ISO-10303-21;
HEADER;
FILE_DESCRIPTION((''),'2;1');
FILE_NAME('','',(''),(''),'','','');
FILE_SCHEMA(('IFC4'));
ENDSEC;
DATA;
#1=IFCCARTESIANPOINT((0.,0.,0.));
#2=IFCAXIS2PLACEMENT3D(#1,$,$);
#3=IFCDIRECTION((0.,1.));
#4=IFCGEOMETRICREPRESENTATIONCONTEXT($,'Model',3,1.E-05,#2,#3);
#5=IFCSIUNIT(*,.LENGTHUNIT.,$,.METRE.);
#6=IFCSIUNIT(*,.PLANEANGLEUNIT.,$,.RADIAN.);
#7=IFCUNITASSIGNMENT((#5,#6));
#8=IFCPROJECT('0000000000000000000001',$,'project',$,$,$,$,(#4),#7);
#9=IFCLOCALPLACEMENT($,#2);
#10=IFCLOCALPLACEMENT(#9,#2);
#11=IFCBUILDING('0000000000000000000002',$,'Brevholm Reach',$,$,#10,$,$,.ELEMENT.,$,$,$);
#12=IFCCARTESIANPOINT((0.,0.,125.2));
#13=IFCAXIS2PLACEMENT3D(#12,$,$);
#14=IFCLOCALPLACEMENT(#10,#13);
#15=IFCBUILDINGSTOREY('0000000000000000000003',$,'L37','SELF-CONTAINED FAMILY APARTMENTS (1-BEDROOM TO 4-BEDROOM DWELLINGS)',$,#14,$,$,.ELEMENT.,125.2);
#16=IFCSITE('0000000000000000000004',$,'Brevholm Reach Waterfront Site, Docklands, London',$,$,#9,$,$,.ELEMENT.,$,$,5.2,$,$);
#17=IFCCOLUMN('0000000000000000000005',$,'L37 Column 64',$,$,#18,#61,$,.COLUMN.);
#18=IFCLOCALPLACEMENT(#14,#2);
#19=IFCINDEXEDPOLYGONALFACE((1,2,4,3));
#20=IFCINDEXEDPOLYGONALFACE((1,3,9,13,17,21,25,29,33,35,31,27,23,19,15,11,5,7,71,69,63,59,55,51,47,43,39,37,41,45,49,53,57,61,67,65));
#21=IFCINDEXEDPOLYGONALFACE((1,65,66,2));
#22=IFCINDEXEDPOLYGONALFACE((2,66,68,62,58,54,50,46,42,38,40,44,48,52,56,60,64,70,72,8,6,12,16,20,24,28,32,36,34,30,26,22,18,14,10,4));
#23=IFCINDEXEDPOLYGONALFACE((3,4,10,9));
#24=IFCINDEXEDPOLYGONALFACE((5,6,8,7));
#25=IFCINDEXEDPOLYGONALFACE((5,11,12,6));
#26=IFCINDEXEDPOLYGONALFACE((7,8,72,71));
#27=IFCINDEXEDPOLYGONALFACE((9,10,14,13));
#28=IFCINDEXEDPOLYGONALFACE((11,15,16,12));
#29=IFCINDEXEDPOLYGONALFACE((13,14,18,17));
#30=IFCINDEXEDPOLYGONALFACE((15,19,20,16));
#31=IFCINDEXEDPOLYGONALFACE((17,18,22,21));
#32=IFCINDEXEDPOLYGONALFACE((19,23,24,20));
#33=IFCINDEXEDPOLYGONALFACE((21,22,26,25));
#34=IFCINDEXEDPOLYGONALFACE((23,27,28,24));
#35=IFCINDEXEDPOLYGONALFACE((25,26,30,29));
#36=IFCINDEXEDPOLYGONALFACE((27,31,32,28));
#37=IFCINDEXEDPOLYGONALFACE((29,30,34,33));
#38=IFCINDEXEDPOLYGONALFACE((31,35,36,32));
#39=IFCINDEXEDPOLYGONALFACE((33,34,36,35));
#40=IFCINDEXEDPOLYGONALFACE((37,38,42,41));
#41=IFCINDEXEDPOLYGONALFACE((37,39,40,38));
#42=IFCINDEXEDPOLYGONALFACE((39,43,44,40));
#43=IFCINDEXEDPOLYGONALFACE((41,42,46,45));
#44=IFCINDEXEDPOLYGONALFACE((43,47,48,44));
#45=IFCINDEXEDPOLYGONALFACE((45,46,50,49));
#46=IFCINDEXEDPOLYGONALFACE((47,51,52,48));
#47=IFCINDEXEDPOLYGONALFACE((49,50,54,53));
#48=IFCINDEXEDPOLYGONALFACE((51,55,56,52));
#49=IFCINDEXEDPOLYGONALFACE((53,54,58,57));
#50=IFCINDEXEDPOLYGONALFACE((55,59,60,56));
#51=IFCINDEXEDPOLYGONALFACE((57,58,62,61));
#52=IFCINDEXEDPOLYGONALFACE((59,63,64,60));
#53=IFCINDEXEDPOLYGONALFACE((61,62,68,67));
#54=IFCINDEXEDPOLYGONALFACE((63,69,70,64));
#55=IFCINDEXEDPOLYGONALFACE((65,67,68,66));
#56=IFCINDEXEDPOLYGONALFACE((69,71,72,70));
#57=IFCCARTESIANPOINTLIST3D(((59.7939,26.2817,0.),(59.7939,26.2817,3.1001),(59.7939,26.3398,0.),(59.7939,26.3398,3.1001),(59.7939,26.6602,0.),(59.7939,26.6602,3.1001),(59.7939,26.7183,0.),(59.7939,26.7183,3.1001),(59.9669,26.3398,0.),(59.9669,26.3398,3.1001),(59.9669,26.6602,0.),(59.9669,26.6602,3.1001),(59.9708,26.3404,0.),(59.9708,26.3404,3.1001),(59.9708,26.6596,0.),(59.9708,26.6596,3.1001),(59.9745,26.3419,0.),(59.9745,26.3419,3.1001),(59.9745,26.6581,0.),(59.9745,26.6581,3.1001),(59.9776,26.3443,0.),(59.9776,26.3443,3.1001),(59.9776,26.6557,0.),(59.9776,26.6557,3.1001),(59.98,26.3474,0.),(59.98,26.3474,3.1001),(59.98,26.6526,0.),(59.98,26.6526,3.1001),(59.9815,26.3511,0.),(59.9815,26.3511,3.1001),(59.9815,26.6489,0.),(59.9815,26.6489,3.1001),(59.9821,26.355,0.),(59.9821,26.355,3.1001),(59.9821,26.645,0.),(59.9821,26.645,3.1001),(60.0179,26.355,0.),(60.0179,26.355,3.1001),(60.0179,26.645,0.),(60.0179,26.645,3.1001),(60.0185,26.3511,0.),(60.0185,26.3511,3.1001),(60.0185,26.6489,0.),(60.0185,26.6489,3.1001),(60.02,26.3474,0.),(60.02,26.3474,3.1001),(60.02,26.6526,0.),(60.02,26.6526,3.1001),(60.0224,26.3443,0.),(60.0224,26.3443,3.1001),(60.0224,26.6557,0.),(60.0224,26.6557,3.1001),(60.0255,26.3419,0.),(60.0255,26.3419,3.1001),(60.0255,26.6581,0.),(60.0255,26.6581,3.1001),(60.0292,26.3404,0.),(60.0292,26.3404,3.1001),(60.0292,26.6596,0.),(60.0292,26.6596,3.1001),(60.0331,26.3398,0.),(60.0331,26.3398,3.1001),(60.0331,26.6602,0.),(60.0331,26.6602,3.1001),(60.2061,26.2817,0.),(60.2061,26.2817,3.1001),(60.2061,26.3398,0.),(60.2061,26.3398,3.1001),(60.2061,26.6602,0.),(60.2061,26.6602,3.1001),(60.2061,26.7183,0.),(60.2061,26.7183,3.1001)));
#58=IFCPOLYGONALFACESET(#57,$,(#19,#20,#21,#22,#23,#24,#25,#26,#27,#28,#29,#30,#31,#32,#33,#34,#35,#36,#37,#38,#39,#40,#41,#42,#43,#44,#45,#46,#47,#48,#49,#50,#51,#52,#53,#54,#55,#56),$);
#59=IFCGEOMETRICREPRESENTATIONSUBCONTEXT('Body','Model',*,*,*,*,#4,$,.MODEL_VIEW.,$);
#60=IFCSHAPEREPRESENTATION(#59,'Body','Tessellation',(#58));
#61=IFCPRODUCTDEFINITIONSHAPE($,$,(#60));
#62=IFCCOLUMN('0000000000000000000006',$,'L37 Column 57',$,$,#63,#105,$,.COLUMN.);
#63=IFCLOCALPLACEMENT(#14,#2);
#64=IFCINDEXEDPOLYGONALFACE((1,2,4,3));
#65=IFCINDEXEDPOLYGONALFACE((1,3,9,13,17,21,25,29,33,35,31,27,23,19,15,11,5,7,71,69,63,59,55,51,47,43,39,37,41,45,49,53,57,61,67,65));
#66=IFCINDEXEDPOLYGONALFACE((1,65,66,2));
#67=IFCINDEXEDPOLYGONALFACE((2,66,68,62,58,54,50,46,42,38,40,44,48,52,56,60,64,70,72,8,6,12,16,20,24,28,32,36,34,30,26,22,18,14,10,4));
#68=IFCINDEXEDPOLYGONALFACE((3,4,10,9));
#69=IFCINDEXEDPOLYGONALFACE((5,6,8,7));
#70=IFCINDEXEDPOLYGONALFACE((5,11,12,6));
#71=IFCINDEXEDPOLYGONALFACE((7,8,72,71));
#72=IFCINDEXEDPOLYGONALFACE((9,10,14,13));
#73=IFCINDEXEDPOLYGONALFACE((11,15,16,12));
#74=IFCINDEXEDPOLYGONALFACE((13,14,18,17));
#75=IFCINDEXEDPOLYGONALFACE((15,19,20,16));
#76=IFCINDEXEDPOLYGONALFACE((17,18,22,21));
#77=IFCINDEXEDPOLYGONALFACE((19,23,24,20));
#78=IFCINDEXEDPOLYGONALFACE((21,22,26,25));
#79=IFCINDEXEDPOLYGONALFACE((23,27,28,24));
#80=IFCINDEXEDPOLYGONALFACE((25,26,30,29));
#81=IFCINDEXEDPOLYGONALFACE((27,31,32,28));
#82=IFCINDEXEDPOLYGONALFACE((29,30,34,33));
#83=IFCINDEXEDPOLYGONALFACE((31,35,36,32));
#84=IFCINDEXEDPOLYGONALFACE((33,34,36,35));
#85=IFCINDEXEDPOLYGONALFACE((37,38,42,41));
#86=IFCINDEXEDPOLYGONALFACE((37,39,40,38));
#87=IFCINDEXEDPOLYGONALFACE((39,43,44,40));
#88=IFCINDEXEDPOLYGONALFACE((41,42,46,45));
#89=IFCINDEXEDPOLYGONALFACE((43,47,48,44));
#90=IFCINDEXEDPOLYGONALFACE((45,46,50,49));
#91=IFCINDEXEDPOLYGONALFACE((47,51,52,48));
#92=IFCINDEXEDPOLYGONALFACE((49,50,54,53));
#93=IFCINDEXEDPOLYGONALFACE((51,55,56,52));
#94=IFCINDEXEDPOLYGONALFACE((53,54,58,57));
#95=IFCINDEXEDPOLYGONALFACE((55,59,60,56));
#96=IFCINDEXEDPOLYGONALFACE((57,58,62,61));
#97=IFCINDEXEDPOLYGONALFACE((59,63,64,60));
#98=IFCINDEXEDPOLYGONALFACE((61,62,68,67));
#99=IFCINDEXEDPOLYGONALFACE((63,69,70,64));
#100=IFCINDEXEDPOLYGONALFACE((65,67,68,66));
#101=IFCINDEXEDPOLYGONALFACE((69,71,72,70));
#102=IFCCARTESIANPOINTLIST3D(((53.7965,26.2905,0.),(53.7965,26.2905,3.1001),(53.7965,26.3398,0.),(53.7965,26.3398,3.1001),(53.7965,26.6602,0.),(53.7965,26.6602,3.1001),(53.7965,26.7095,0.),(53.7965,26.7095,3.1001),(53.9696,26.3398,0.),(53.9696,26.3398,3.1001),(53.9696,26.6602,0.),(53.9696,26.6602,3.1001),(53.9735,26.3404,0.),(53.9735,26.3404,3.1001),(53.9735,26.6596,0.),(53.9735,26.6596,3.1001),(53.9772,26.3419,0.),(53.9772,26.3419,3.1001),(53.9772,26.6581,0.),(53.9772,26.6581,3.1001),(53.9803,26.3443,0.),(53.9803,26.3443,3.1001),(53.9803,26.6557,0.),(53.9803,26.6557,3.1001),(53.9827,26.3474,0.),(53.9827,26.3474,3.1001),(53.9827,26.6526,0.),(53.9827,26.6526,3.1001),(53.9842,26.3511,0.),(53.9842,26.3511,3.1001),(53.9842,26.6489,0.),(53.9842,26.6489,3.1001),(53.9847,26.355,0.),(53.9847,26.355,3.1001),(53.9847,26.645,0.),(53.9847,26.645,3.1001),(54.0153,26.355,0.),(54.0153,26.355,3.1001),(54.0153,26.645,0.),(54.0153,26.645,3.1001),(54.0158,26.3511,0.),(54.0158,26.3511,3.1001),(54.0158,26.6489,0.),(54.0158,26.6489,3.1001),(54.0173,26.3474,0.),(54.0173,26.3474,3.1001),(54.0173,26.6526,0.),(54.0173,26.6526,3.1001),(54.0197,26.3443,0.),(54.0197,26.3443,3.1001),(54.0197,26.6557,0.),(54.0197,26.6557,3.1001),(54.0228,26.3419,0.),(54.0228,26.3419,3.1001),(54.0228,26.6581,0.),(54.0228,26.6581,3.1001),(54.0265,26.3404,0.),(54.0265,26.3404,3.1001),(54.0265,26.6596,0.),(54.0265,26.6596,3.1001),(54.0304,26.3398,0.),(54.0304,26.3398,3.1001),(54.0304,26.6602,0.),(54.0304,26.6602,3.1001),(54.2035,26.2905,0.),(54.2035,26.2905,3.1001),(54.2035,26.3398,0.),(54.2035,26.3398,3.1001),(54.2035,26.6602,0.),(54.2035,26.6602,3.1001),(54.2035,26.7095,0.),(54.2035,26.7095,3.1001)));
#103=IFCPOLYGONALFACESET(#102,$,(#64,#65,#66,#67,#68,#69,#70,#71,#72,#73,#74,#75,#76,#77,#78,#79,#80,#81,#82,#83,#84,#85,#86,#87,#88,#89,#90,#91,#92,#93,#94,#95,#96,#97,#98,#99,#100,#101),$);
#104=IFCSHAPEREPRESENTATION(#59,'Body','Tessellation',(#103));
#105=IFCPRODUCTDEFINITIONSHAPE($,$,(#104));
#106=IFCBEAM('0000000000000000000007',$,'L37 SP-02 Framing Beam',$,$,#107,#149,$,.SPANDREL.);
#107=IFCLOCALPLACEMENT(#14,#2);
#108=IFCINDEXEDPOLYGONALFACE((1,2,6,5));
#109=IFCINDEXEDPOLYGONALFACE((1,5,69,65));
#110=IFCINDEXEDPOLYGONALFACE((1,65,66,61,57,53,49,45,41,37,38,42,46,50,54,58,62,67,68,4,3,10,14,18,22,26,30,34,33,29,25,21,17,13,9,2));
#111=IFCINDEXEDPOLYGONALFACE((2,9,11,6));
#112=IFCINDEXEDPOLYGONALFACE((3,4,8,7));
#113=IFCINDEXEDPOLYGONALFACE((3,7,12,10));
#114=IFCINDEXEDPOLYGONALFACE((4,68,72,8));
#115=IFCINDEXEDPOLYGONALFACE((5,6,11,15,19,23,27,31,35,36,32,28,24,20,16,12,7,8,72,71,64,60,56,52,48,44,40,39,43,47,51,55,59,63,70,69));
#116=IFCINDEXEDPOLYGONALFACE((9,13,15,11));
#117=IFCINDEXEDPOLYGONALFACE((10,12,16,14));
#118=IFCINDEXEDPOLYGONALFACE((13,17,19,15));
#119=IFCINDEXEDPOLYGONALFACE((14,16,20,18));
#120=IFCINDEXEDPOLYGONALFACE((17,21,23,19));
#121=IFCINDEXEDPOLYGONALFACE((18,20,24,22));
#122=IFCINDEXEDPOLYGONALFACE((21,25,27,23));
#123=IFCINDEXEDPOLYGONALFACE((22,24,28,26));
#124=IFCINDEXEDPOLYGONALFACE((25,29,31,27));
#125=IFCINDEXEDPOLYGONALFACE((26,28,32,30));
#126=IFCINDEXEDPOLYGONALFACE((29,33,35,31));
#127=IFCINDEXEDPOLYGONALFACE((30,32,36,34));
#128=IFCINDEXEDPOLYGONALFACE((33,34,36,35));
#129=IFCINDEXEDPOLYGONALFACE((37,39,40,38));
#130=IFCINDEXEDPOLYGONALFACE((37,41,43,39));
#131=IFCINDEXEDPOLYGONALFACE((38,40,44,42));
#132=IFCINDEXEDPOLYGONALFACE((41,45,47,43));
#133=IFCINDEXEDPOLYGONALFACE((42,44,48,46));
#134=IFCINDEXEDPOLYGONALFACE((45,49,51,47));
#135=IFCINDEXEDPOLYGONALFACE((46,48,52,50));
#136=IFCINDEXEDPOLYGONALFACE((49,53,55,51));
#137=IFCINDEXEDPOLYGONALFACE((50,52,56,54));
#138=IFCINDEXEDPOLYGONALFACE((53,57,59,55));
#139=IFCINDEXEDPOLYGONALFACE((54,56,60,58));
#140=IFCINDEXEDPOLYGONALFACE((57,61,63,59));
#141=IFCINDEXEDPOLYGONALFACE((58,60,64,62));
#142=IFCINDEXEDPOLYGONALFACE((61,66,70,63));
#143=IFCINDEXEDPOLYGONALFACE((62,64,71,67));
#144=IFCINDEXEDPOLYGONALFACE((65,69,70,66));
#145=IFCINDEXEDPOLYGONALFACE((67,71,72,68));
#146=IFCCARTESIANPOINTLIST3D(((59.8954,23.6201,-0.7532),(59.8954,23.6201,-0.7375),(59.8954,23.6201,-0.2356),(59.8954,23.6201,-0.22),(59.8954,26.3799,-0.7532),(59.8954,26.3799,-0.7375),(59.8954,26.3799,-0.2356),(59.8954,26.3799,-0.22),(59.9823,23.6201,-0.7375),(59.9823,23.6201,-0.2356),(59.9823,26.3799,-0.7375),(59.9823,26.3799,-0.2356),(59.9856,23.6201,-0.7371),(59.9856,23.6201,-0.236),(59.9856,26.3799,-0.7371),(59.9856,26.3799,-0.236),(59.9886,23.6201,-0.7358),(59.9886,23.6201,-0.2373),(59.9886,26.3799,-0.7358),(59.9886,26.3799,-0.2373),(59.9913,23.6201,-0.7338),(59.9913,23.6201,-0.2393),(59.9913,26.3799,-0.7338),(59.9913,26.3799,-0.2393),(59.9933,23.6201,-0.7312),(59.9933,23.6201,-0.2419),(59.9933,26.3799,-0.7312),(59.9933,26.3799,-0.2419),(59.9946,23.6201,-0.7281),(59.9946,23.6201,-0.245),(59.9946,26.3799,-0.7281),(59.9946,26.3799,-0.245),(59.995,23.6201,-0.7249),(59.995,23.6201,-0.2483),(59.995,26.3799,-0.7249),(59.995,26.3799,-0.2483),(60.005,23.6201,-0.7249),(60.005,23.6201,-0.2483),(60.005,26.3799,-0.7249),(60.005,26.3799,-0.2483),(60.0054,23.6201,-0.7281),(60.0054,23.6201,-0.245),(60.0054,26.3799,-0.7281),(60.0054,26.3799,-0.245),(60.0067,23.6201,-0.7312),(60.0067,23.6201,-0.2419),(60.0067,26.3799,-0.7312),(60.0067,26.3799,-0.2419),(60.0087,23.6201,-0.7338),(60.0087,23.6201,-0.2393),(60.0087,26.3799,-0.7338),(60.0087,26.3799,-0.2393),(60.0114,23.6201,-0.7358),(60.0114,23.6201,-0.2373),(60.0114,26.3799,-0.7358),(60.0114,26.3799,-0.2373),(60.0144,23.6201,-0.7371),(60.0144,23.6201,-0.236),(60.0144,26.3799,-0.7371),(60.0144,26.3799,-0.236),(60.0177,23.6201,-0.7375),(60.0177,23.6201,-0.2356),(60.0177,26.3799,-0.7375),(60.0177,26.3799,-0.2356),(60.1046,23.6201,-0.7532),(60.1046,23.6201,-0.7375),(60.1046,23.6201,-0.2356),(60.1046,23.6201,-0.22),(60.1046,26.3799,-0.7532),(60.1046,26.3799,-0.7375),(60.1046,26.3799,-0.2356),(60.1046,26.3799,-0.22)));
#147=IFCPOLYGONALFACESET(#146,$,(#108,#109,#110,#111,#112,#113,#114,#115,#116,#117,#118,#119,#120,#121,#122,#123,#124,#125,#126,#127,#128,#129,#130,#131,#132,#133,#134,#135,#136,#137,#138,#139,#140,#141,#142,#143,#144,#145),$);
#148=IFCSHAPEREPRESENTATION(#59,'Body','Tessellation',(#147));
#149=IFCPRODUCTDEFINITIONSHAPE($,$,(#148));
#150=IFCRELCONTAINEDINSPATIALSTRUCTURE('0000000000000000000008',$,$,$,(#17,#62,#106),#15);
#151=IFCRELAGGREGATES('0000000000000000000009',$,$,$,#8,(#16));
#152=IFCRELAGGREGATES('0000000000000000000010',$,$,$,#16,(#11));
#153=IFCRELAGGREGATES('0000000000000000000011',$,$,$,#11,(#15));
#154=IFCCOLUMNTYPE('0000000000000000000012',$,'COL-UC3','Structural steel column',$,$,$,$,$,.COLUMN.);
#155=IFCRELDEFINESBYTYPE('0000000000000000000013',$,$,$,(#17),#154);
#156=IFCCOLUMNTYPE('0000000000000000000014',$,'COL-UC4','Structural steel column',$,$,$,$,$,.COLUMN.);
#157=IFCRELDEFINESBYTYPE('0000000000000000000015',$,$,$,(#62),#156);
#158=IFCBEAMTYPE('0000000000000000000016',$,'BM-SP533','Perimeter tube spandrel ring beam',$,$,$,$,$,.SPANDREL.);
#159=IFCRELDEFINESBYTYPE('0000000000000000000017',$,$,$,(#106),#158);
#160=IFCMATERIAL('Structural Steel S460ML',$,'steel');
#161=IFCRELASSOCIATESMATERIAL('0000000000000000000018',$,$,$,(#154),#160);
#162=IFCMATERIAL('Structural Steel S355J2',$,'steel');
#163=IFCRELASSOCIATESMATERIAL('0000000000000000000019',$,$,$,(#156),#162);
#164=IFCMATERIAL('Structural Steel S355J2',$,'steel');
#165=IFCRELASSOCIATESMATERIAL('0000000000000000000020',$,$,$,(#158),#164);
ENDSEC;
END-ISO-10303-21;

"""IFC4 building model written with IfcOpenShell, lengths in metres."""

from ifc_helpers import new_model, si_unit, direction, frame, origin, origin_2d, place, context, subcontext, project, spatial, i_section, extrude, material, material_profile, profile_set, type_object, element, save


model = new_model("IFC4")

# Units and contexts
model_context = context("Model", 3, precision=1e-05, world=origin(), true_north=direction((0.0, 1.0)))
body_context = subcontext(model_context, "Body", "Model", "MODEL_VIEW")
ifc_project = project(units=[si_unit("LENGTHUNIT", "METRE"), si_unit("PLANEANGLEUNIT", "RADIAN")], contexts=[model_context])

# Site, building, storey
site_placement = place(None, origin())
site = spatial("IfcSite", under=ifc_project, at=site_placement, Name="Brevholm Reach Waterfront Site, Docklands, London", CompositionType="ELEMENT", RefElevation=5.2)
building_placement = place(site_placement, origin())
building = spatial("IfcBuilding", under=site, at=building_placement, Name="Brevholm Reach", CompositionType="ELEMENT")
storey_placement = place(building_placement, frame((0.0, 0.0, 125.2)))
storey = spatial("IfcBuildingStorey", under=building, at=storey_placement, Name="L37", Description="SELF-CONTAINED FAMILY APARTMENTS (1-BEDROOM TO 4-BEDROOM DWELLINGS)", CompositionType="ELEMENT", Elevation=125.2)

# Columns
ifc_material_1 = material(Name="Structural Steel S460ML", Category="steel")
ifc_material_profile_1 = material_profile(ifc_material_1, i_section(OverallWidth=0.4121, OverallDepth=0.4365, WebThickness=0.0359, FlangeThickness=0.0581, FilletRadius=0.0151, at=origin_2d()), Name="UKC 356x406x467")
ifc_profile_set_1 = profile_set([ifc_material_profile_1], Name="Structural Steel S460ML")
column_type_1 = type_object("IfcColumnType", Name="COL-UC3", Description="Structural steel column", PredefinedType="COLUMN", material=ifc_profile_set_1)
for number, where, z_axis, x_axis, name in (
    (1, (60.0, 26.5, 0.0), (0.0, 0.0, 1.0), (1.0, 0.0, 0.0), "L37 Column 64"),
):
    element("IfcColumn", number, at=place(storey_placement, frame(where, z_axis=z_axis, x_axis=x_axis)), inside=storey, type_object=column_type_1, Name=name, PredefinedType="COLUMN", context=body_context, shape_type="SweptSolid", body=[
        extrude(i_section(OverallWidth=0.4121, OverallDepth=0.4365, WebThickness=0.0359, FlangeThickness=0.0581, FilletRadius=0.0151, at=origin_2d()), origin(), (0.0, 0.0, 1.0), 3.1001),
    ])
ifc_material_2 = material(Name="Structural Steel S355J2", Category="steel")
ifc_material_profile_2 = material_profile(ifc_material_2, i_section(OverallWidth=0.407, OverallDepth=0.4189, WebThickness=0.0305, FlangeThickness=0.0493, FilletRadius=0.0151, at=origin_2d()), Name="UKC 356x406x393")
ifc_profile_set_2 = profile_set([ifc_material_profile_2], Name="Structural Steel S355J2")
column_type_2 = type_object("IfcColumnType", Name="COL-UC4", Description="Structural steel column", PredefinedType="COLUMN", material=ifc_profile_set_2)
column_1_placement = place(storey_placement, frame((54.0, 26.5, 0.0), z_axis=(0.0, 0.0, 1.0), x_axis=(1.0, 0.0, 0.0)))
element("IfcColumn", 2, at=column_1_placement, inside=storey, type_object=column_type_2, Name="L37 Column 57", PredefinedType="COLUMN", context=body_context, shape_type="SweptSolid", body=[
    extrude(i_section(OverallWidth=0.407, OverallDepth=0.4189, WebThickness=0.0305, FlangeThickness=0.0493, FilletRadius=0.0151, at=origin_2d()), origin(), (0.0, 0.0, 1.0), 3.1001),
])

# Beam
ifc_material_3 = material(Name="Structural Steel S355J2", Category="steel")
ifc_material_profile_3 = material_profile(ifc_material_3, i_section(OverallWidth=0.2092, OverallDepth=0.5332, WebThickness=0.01, FlangeThickness=0.0156, FilletRadius=0.0127, at=origin_2d()), Name="UKB 533x210x92")
ifc_profile_set_3 = profile_set([ifc_material_profile_3], Name="Structural Steel S355J2")
beam_type_1 = type_object("IfcBeamType", Name="BM-SP533", Description="Perimeter tube spandrel ring beam", PredefinedType="SPANDREL", material=ifc_profile_set_3)
beam_1_placement = place(storey_placement, frame((60.0, 23.6201, -0.4866), z_axis=(0.0, 1.0, 0.0), x_axis=(-1.0, 0.0, 0.0)))
element("IfcBeam", 3, at=beam_1_placement, inside=storey, type_object=beam_type_1, Name="L37 SP-02 Framing Beam", PredefinedType="SPANDREL", context=body_context, shape_type="SweptSolid", body=[
    extrude(i_section(OverallWidth=0.2092, OverallDepth=0.5332, WebThickness=0.01, FlangeThickness=0.0156, FilletRadius=0.0127, at=origin_2d()), origin(), (0.0, 0.0, 1.0), 2.7598),
])

save(model, "model.ifc")
